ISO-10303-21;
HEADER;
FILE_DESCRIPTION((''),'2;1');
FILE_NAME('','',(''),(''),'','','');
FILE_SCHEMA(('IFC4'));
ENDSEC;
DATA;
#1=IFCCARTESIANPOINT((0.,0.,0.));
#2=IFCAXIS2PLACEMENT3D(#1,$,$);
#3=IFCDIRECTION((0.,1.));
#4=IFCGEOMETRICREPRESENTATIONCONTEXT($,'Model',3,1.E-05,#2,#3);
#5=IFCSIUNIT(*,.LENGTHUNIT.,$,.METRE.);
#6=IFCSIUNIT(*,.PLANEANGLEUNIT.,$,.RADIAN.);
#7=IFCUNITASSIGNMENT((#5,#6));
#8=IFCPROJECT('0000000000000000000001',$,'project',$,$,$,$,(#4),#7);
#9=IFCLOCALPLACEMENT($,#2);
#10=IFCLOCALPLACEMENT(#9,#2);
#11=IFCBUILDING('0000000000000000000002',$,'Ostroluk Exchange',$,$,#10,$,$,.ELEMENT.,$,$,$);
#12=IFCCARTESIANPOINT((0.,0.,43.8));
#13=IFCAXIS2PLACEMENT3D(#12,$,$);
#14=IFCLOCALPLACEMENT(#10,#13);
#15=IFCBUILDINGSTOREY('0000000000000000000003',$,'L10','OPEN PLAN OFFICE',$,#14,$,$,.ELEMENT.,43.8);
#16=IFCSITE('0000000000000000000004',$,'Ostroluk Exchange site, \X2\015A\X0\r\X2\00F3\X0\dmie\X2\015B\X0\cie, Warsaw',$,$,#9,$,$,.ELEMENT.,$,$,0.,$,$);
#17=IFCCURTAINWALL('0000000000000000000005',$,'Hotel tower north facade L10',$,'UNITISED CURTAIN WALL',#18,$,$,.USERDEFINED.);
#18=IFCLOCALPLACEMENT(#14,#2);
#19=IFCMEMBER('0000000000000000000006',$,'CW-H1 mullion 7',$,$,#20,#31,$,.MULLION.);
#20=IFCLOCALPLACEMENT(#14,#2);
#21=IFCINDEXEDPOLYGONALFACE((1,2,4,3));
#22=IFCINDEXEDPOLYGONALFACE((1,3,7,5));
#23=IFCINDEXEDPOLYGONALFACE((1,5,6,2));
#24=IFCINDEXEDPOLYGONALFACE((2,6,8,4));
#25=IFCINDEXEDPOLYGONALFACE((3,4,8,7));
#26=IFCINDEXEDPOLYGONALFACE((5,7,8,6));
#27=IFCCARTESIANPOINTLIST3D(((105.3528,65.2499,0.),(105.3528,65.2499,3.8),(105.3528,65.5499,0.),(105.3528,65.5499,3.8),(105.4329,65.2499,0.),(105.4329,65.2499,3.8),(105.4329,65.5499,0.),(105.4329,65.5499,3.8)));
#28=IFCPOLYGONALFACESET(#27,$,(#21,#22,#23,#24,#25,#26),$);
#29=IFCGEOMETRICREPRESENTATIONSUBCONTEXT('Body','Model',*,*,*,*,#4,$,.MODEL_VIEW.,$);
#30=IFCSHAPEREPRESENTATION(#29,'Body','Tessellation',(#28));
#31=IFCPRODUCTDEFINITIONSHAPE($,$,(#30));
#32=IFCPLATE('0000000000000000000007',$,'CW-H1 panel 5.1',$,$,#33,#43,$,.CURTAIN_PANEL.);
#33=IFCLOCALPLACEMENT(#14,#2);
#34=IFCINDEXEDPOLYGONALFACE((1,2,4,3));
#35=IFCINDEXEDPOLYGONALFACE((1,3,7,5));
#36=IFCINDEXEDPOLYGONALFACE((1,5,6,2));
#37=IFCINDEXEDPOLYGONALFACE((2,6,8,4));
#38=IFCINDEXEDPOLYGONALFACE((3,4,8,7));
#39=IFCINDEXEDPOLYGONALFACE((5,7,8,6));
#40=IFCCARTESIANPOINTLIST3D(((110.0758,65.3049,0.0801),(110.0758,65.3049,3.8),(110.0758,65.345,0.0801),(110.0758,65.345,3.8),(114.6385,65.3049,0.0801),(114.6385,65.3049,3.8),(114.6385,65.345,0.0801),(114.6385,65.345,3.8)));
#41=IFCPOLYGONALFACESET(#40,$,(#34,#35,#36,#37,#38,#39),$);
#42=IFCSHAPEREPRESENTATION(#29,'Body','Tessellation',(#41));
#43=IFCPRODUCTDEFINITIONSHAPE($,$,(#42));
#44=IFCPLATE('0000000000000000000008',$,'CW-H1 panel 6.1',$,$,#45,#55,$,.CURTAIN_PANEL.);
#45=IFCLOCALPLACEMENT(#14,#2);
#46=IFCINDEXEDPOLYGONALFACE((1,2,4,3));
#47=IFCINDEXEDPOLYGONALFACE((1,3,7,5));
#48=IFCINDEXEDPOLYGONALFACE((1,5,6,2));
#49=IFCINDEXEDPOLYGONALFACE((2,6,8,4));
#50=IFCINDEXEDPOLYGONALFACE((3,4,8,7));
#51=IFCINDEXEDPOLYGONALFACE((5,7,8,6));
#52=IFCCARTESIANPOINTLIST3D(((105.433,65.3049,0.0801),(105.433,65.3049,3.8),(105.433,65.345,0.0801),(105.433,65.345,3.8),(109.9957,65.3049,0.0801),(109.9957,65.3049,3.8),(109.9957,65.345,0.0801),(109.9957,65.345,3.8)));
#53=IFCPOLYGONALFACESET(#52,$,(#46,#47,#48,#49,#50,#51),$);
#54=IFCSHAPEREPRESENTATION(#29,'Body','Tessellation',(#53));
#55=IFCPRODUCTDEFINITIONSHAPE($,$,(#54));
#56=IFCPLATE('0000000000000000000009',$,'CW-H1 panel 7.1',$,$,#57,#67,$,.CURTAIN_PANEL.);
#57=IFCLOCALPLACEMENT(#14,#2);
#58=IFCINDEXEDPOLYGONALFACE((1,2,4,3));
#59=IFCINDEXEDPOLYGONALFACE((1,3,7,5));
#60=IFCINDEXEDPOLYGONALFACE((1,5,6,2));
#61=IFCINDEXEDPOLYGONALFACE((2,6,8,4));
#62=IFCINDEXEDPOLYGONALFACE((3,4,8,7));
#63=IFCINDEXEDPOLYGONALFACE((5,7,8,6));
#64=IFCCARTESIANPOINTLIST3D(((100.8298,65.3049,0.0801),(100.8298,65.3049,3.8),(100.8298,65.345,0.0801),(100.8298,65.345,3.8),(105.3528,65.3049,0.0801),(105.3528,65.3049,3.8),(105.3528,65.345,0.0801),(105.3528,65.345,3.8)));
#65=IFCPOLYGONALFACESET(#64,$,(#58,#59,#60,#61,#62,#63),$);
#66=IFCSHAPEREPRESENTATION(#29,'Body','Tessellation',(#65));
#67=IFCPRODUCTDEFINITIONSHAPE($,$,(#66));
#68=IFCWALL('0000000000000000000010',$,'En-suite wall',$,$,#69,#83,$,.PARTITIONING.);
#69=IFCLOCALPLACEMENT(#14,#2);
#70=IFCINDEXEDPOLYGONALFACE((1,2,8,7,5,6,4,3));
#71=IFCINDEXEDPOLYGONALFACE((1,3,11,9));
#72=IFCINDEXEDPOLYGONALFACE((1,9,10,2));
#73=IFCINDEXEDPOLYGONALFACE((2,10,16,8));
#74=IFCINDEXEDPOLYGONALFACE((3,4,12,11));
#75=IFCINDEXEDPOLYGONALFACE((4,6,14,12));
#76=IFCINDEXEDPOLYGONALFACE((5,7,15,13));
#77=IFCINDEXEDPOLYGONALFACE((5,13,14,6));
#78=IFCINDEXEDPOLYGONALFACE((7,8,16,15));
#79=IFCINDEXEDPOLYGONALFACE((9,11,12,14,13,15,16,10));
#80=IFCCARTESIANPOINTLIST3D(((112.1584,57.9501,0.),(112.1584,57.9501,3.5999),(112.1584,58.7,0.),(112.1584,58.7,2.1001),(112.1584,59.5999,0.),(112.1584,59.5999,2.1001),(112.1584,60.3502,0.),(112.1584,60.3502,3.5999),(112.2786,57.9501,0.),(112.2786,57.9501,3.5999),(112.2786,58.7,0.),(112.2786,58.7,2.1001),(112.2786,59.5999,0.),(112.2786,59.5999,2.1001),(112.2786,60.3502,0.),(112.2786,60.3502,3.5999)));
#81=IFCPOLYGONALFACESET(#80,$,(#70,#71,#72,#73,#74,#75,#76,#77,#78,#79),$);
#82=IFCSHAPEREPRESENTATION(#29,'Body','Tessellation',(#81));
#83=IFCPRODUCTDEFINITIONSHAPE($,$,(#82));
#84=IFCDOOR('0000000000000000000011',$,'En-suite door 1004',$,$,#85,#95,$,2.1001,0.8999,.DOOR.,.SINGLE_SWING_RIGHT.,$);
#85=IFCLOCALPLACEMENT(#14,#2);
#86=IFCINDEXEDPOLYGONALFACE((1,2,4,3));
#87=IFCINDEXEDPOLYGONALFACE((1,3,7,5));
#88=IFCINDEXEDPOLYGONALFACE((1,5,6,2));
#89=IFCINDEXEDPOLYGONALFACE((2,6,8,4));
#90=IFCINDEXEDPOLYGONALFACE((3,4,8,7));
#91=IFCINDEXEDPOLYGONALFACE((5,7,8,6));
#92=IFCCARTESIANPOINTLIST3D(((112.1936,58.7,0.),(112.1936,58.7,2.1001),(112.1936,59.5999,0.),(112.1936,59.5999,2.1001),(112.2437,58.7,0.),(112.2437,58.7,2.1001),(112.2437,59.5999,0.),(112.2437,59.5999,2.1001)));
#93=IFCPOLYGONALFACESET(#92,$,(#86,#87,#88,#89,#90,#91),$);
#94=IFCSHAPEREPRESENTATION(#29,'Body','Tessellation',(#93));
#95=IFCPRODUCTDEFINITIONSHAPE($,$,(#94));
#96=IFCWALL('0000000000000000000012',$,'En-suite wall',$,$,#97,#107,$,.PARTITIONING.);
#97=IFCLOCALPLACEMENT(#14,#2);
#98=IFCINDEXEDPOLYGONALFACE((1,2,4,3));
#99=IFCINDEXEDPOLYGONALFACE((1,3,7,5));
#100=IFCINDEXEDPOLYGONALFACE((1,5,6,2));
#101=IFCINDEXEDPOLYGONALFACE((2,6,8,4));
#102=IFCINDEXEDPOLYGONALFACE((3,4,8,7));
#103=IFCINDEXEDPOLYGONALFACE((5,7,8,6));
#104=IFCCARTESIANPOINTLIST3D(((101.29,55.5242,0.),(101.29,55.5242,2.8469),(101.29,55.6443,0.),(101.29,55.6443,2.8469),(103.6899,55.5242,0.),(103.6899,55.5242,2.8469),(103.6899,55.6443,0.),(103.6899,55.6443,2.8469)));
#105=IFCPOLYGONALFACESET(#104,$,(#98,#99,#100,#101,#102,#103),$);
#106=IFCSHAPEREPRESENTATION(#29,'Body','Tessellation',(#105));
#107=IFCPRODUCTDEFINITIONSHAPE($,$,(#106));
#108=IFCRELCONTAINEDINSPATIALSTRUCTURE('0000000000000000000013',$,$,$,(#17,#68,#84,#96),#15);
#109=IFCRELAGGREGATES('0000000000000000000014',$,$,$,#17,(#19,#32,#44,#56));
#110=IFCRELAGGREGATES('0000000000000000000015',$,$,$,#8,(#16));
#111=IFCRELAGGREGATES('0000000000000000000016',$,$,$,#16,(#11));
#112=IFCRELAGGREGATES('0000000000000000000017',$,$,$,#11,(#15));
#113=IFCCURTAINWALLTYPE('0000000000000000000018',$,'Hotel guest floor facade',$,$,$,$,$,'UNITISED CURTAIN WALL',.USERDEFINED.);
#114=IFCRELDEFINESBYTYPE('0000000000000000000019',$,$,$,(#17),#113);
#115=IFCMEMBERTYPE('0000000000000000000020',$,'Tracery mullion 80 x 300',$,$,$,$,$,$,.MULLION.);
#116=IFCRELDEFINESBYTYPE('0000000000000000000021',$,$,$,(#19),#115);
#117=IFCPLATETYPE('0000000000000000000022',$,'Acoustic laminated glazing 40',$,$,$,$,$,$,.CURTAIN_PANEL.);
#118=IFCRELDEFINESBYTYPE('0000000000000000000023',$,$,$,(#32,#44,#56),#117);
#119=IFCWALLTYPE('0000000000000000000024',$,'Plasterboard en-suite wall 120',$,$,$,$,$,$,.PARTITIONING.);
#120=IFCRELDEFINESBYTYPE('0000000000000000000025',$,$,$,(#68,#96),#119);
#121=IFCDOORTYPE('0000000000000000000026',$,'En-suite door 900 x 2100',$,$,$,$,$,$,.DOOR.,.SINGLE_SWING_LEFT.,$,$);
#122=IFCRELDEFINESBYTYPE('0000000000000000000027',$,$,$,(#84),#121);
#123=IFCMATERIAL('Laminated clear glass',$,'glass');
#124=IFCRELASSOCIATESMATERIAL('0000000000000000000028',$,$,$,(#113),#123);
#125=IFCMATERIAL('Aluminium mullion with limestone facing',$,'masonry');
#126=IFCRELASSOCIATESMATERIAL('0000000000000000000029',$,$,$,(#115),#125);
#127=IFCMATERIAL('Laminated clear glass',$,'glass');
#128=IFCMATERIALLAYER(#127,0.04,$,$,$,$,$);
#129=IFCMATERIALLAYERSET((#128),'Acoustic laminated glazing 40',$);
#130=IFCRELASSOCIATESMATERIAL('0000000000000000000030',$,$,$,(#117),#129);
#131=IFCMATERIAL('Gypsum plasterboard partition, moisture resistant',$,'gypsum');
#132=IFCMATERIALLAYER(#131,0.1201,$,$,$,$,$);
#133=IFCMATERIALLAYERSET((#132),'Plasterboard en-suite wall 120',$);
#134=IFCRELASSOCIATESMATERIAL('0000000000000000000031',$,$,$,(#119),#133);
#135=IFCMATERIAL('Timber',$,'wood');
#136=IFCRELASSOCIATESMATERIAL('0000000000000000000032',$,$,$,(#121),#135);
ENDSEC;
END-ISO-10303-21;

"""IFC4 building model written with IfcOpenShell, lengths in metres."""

from ifc_helpers import new_model, si_unit, direction, frame, frame_2d, origin, origin_2d, place, context, subcontext, project, spatial, rectangle, extrude, material, layer, layer_set, material_profile, profile_set, type_object, element, fill, aggregate, save


model = new_model("IFC4")

# Units and contexts
model_context = context("Model", 3, precision=1e-05, world=origin(), true_north=direction((0.0, 1.0)))
body_context = subcontext(model_context, "Body", "Model", "MODEL_VIEW")
ifc_project = project(units=[si_unit("LENGTHUNIT", "METRE"), si_unit("PLANEANGLEUNIT", "RADIAN")], contexts=[model_context])

# Site, building, storey
site_placement = place(None, origin())
site = spatial("IfcSite", under=ifc_project, at=site_placement, Name="Ostroluk Exchange site, Śródmieście, Warsaw", CompositionType="ELEMENT", RefElevation=0.0)
building_placement = place(site_placement, origin())
building = spatial("IfcBuilding", under=site, at=building_placement, Name="Ostroluk Exchange", CompositionType="ELEMENT")
storey_placement = place(building_placement, frame((0.0, 0.0, 43.8)))
storey = spatial("IfcBuildingStorey", under=building, at=storey_placement, Name="L10", Description="OPEN PLAN OFFICE", CompositionType="ELEMENT", Elevation=43.8)

# Curtain wall, member, plates
ifc_material_1 = material(Name="Laminated clear glass", Category="glass")
curtain_wall_type = type_object("IfcCurtainWallType", Name="Hotel guest floor facade", ElementType="UNITISED CURTAIN WALL", PredefinedType="USERDEFINED", material=ifc_material_1)
curtain_wall_placement = place(storey_placement, origin())
curtain_wall = element("IfcCurtainWall", 1, at=curtain_wall_placement, inside=storey, type_object=curtain_wall_type, Name="Hotel tower north facade L10", ObjectType="UNITISED CURTAIN WALL", PredefinedType="USERDEFINED")
ifc_material_2 = material(Name="Aluminium mullion with limestone facing", Category="masonry")
ifc_material_profile_1 = material_profile(ifc_material_2, rectangle(XDim=0.3, YDim=0.0801, at=origin_2d()), Name="Tracery mullion 80 x 300")
ifc_profile_set_1 = profile_set([ifc_material_profile_1], Name="Aluminium mullion with limestone facing")
member_type_1 = type_object("IfcMemberType", Name="Tracery mullion 80 x 300", PredefinedType="MULLION", material=ifc_profile_set_1)
member_1_placement = place(storey_placement, frame((105.3928, 65.3999, 0.0), z_axis=(0.0, 0.0, 1.0), x_axis=(0.0, -1.0, 0.0)))
member_1 = element("IfcMember", 2, at=member_1_placement, type_object=member_type_1, Name="CW-H1 mullion 7", PredefinedType="MULLION", context=body_context, shape_type="SweptSolid", body=[
    extrude(rectangle(XDim=0.3, YDim=0.0801, at=origin_2d()), origin(), (0.0, 0.0, 1.0), 3.8),
])
ifc_material_3 = material(Name="Laminated clear glass", Category="glass")
ifc_layer_1 = layer(ifc_material_3, 0.04)
ifc_layer_set_1 = layer_set([ifc_layer_1], Name="Acoustic laminated glazing 40")
plate_type = type_object("IfcPlateType", Name="Acoustic laminated glazing 40", PredefinedType="CURTAIN_PANEL", material=ifc_layer_set_1)
plate_1_placement = place(storey_placement, frame((112.3572, 65.325, 0.0801), z_axis=(0.0, 0.0, 1.0), x_axis=(-1.0, 0.0, 0.0)))
plate_1 = element("IfcPlate", 3, at=plate_1_placement, type_object=plate_type, Name="CW-H1 panel 5.1", PredefinedType="CURTAIN_PANEL", context=body_context, shape_type="SweptSolid", body=[
    extrude(rectangle(XDim=4.5627, YDim=0.04, at=origin_2d()), origin(), (0.0, 0.0, 1.0), 3.72),
])
plate_2_placement = place(storey_placement, frame((107.7144, 65.325, 0.0801), z_axis=(0.0, 0.0, 1.0), x_axis=(-1.0, 0.0, 0.0)))
plate_2 = element("IfcPlate", 4, at=plate_2_placement, type_object=plate_type, Name="CW-H1 panel 6.1", PredefinedType="CURTAIN_PANEL", context=body_context, shape_type="SweptSolid", body=[
    extrude(rectangle(XDim=4.5627, YDim=0.04, at=origin_2d()), origin(), (0.0, 0.0, 1.0), 3.72),
])
plate_3_placement = place(storey_placement, frame((103.0913, 65.325, 0.0801), z_axis=(0.0, 0.0, 1.0), x_axis=(-1.0, 0.0, 0.0)))
plate_3 = element("IfcPlate", 5, at=plate_3_placement, type_object=plate_type, Name="CW-H1 panel 7.1", PredefinedType="CURTAIN_PANEL", context=body_context, shape_type="SweptSolid", body=[
    extrude(rectangle(XDim=4.5229, YDim=0.04, at=origin_2d()), origin(), (0.0, 0.0, 1.0), 3.72),
])
aggregate(curtain_wall, [member_1, plate_1, plate_2, plate_3])

# Wall, opening, door
ifc_material_4 = material(Name="Gypsum plasterboard partition, moisture resistant", Category="gypsum")
ifc_layer_2 = layer(ifc_material_4, 0.1201)
ifc_layer_set_2 = layer_set([ifc_layer_2], Name="Plasterboard en-suite wall 120")
wall_type_1 = type_object("IfcWallType", Name="Plasterboard en-suite wall 120", PredefinedType="PARTITIONING", material=ifc_layer_set_2)
wall_1_placement = place(storey_placement, frame((112.2185, 57.95, 0.0), z_axis=(0.0, 0.0, 1.0), x_axis=(0.0, 1.0, 0.0)))
wall_1 = element("IfcWall", 6, at=wall_1_placement, inside=storey, type_object=wall_type_1, Name="En-suite wall", PredefinedType="PARTITIONING", context=body_context, shape_type="SweptSolid", body=[
    extrude(rectangle(XDim=2.4001, YDim=0.1201, at=frame_2d((1.2002, 0.0))), origin(), (0.0, 0.0, 1.0), 3.5999),
])
opening_1_placement = place(wall_1_placement, frame((0.75, 0.0, 0.0)))
opening_1 = element("IfcOpeningElement", 7, at=opening_1_placement, cuts=wall_1, PredefinedType="OPENING", context=body_context, shape_type="SweptSolid", body=[
    extrude(rectangle(XDim=0.8999, YDim=2.1001, at=frame_2d((0.45, 1.05))), frame((0.0, 0.0701, 0.0), z_axis=(0.0, -1.0, 0.0), x_axis=(1.0, 0.0, 0.0)), (0.0, 0.0, 1.0), 0.1401),
])
ifc_material_5 = material(Name="Timber", Category="wood")
door_type_1 = type_object("IfcDoorType", Name="En-suite door 900 x 2100", OperationType="SINGLE_SWING_LEFT", PredefinedType="DOOR", material=ifc_material_5)
door_1_placement = place(opening_1_placement, origin())
door_1 = element("IfcDoor", 8, at=door_1_placement, inside=storey, type_object=door_type_1, Name="En-suite door 1004", OperationType="SINGLE_SWING_RIGHT", OverallHeight=2.1001, OverallWidth=0.8999, PredefinedType="DOOR", context=body_context, shape_type="SweptSolid", body=[
    extrude(rectangle(XDim=0.8999, YDim=2.1001, at=frame_2d((0.45, 1.05))), frame((0.0, 0.0249, 0.0), z_axis=(0.0, -1.0, 0.0), x_axis=(1.0, 0.0, 0.0)), (0.0, 0.0, 1.0), 0.05),
])
fill(opening_1, door_1)

# Wall
wall_2_placement = place(storey_placement, frame((103.6899, 55.5842, 0.0), z_axis=(0.0, 0.0, 1.0), x_axis=(-1.0, 0.0, 0.0)))
element("IfcWall", 9, at=wall_2_placement, inside=storey, type_object=wall_type_1, Name="En-suite wall", PredefinedType="PARTITIONING", context=body_context, shape_type="SweptSolid", body=[
    extrude(rectangle(XDim=2.3999, YDim=0.1201, at=frame_2d((1.2, 0.0))), origin(), (0.0, 0.0, 1.0), 2.8469),
])

save(model, "model.ifc")
